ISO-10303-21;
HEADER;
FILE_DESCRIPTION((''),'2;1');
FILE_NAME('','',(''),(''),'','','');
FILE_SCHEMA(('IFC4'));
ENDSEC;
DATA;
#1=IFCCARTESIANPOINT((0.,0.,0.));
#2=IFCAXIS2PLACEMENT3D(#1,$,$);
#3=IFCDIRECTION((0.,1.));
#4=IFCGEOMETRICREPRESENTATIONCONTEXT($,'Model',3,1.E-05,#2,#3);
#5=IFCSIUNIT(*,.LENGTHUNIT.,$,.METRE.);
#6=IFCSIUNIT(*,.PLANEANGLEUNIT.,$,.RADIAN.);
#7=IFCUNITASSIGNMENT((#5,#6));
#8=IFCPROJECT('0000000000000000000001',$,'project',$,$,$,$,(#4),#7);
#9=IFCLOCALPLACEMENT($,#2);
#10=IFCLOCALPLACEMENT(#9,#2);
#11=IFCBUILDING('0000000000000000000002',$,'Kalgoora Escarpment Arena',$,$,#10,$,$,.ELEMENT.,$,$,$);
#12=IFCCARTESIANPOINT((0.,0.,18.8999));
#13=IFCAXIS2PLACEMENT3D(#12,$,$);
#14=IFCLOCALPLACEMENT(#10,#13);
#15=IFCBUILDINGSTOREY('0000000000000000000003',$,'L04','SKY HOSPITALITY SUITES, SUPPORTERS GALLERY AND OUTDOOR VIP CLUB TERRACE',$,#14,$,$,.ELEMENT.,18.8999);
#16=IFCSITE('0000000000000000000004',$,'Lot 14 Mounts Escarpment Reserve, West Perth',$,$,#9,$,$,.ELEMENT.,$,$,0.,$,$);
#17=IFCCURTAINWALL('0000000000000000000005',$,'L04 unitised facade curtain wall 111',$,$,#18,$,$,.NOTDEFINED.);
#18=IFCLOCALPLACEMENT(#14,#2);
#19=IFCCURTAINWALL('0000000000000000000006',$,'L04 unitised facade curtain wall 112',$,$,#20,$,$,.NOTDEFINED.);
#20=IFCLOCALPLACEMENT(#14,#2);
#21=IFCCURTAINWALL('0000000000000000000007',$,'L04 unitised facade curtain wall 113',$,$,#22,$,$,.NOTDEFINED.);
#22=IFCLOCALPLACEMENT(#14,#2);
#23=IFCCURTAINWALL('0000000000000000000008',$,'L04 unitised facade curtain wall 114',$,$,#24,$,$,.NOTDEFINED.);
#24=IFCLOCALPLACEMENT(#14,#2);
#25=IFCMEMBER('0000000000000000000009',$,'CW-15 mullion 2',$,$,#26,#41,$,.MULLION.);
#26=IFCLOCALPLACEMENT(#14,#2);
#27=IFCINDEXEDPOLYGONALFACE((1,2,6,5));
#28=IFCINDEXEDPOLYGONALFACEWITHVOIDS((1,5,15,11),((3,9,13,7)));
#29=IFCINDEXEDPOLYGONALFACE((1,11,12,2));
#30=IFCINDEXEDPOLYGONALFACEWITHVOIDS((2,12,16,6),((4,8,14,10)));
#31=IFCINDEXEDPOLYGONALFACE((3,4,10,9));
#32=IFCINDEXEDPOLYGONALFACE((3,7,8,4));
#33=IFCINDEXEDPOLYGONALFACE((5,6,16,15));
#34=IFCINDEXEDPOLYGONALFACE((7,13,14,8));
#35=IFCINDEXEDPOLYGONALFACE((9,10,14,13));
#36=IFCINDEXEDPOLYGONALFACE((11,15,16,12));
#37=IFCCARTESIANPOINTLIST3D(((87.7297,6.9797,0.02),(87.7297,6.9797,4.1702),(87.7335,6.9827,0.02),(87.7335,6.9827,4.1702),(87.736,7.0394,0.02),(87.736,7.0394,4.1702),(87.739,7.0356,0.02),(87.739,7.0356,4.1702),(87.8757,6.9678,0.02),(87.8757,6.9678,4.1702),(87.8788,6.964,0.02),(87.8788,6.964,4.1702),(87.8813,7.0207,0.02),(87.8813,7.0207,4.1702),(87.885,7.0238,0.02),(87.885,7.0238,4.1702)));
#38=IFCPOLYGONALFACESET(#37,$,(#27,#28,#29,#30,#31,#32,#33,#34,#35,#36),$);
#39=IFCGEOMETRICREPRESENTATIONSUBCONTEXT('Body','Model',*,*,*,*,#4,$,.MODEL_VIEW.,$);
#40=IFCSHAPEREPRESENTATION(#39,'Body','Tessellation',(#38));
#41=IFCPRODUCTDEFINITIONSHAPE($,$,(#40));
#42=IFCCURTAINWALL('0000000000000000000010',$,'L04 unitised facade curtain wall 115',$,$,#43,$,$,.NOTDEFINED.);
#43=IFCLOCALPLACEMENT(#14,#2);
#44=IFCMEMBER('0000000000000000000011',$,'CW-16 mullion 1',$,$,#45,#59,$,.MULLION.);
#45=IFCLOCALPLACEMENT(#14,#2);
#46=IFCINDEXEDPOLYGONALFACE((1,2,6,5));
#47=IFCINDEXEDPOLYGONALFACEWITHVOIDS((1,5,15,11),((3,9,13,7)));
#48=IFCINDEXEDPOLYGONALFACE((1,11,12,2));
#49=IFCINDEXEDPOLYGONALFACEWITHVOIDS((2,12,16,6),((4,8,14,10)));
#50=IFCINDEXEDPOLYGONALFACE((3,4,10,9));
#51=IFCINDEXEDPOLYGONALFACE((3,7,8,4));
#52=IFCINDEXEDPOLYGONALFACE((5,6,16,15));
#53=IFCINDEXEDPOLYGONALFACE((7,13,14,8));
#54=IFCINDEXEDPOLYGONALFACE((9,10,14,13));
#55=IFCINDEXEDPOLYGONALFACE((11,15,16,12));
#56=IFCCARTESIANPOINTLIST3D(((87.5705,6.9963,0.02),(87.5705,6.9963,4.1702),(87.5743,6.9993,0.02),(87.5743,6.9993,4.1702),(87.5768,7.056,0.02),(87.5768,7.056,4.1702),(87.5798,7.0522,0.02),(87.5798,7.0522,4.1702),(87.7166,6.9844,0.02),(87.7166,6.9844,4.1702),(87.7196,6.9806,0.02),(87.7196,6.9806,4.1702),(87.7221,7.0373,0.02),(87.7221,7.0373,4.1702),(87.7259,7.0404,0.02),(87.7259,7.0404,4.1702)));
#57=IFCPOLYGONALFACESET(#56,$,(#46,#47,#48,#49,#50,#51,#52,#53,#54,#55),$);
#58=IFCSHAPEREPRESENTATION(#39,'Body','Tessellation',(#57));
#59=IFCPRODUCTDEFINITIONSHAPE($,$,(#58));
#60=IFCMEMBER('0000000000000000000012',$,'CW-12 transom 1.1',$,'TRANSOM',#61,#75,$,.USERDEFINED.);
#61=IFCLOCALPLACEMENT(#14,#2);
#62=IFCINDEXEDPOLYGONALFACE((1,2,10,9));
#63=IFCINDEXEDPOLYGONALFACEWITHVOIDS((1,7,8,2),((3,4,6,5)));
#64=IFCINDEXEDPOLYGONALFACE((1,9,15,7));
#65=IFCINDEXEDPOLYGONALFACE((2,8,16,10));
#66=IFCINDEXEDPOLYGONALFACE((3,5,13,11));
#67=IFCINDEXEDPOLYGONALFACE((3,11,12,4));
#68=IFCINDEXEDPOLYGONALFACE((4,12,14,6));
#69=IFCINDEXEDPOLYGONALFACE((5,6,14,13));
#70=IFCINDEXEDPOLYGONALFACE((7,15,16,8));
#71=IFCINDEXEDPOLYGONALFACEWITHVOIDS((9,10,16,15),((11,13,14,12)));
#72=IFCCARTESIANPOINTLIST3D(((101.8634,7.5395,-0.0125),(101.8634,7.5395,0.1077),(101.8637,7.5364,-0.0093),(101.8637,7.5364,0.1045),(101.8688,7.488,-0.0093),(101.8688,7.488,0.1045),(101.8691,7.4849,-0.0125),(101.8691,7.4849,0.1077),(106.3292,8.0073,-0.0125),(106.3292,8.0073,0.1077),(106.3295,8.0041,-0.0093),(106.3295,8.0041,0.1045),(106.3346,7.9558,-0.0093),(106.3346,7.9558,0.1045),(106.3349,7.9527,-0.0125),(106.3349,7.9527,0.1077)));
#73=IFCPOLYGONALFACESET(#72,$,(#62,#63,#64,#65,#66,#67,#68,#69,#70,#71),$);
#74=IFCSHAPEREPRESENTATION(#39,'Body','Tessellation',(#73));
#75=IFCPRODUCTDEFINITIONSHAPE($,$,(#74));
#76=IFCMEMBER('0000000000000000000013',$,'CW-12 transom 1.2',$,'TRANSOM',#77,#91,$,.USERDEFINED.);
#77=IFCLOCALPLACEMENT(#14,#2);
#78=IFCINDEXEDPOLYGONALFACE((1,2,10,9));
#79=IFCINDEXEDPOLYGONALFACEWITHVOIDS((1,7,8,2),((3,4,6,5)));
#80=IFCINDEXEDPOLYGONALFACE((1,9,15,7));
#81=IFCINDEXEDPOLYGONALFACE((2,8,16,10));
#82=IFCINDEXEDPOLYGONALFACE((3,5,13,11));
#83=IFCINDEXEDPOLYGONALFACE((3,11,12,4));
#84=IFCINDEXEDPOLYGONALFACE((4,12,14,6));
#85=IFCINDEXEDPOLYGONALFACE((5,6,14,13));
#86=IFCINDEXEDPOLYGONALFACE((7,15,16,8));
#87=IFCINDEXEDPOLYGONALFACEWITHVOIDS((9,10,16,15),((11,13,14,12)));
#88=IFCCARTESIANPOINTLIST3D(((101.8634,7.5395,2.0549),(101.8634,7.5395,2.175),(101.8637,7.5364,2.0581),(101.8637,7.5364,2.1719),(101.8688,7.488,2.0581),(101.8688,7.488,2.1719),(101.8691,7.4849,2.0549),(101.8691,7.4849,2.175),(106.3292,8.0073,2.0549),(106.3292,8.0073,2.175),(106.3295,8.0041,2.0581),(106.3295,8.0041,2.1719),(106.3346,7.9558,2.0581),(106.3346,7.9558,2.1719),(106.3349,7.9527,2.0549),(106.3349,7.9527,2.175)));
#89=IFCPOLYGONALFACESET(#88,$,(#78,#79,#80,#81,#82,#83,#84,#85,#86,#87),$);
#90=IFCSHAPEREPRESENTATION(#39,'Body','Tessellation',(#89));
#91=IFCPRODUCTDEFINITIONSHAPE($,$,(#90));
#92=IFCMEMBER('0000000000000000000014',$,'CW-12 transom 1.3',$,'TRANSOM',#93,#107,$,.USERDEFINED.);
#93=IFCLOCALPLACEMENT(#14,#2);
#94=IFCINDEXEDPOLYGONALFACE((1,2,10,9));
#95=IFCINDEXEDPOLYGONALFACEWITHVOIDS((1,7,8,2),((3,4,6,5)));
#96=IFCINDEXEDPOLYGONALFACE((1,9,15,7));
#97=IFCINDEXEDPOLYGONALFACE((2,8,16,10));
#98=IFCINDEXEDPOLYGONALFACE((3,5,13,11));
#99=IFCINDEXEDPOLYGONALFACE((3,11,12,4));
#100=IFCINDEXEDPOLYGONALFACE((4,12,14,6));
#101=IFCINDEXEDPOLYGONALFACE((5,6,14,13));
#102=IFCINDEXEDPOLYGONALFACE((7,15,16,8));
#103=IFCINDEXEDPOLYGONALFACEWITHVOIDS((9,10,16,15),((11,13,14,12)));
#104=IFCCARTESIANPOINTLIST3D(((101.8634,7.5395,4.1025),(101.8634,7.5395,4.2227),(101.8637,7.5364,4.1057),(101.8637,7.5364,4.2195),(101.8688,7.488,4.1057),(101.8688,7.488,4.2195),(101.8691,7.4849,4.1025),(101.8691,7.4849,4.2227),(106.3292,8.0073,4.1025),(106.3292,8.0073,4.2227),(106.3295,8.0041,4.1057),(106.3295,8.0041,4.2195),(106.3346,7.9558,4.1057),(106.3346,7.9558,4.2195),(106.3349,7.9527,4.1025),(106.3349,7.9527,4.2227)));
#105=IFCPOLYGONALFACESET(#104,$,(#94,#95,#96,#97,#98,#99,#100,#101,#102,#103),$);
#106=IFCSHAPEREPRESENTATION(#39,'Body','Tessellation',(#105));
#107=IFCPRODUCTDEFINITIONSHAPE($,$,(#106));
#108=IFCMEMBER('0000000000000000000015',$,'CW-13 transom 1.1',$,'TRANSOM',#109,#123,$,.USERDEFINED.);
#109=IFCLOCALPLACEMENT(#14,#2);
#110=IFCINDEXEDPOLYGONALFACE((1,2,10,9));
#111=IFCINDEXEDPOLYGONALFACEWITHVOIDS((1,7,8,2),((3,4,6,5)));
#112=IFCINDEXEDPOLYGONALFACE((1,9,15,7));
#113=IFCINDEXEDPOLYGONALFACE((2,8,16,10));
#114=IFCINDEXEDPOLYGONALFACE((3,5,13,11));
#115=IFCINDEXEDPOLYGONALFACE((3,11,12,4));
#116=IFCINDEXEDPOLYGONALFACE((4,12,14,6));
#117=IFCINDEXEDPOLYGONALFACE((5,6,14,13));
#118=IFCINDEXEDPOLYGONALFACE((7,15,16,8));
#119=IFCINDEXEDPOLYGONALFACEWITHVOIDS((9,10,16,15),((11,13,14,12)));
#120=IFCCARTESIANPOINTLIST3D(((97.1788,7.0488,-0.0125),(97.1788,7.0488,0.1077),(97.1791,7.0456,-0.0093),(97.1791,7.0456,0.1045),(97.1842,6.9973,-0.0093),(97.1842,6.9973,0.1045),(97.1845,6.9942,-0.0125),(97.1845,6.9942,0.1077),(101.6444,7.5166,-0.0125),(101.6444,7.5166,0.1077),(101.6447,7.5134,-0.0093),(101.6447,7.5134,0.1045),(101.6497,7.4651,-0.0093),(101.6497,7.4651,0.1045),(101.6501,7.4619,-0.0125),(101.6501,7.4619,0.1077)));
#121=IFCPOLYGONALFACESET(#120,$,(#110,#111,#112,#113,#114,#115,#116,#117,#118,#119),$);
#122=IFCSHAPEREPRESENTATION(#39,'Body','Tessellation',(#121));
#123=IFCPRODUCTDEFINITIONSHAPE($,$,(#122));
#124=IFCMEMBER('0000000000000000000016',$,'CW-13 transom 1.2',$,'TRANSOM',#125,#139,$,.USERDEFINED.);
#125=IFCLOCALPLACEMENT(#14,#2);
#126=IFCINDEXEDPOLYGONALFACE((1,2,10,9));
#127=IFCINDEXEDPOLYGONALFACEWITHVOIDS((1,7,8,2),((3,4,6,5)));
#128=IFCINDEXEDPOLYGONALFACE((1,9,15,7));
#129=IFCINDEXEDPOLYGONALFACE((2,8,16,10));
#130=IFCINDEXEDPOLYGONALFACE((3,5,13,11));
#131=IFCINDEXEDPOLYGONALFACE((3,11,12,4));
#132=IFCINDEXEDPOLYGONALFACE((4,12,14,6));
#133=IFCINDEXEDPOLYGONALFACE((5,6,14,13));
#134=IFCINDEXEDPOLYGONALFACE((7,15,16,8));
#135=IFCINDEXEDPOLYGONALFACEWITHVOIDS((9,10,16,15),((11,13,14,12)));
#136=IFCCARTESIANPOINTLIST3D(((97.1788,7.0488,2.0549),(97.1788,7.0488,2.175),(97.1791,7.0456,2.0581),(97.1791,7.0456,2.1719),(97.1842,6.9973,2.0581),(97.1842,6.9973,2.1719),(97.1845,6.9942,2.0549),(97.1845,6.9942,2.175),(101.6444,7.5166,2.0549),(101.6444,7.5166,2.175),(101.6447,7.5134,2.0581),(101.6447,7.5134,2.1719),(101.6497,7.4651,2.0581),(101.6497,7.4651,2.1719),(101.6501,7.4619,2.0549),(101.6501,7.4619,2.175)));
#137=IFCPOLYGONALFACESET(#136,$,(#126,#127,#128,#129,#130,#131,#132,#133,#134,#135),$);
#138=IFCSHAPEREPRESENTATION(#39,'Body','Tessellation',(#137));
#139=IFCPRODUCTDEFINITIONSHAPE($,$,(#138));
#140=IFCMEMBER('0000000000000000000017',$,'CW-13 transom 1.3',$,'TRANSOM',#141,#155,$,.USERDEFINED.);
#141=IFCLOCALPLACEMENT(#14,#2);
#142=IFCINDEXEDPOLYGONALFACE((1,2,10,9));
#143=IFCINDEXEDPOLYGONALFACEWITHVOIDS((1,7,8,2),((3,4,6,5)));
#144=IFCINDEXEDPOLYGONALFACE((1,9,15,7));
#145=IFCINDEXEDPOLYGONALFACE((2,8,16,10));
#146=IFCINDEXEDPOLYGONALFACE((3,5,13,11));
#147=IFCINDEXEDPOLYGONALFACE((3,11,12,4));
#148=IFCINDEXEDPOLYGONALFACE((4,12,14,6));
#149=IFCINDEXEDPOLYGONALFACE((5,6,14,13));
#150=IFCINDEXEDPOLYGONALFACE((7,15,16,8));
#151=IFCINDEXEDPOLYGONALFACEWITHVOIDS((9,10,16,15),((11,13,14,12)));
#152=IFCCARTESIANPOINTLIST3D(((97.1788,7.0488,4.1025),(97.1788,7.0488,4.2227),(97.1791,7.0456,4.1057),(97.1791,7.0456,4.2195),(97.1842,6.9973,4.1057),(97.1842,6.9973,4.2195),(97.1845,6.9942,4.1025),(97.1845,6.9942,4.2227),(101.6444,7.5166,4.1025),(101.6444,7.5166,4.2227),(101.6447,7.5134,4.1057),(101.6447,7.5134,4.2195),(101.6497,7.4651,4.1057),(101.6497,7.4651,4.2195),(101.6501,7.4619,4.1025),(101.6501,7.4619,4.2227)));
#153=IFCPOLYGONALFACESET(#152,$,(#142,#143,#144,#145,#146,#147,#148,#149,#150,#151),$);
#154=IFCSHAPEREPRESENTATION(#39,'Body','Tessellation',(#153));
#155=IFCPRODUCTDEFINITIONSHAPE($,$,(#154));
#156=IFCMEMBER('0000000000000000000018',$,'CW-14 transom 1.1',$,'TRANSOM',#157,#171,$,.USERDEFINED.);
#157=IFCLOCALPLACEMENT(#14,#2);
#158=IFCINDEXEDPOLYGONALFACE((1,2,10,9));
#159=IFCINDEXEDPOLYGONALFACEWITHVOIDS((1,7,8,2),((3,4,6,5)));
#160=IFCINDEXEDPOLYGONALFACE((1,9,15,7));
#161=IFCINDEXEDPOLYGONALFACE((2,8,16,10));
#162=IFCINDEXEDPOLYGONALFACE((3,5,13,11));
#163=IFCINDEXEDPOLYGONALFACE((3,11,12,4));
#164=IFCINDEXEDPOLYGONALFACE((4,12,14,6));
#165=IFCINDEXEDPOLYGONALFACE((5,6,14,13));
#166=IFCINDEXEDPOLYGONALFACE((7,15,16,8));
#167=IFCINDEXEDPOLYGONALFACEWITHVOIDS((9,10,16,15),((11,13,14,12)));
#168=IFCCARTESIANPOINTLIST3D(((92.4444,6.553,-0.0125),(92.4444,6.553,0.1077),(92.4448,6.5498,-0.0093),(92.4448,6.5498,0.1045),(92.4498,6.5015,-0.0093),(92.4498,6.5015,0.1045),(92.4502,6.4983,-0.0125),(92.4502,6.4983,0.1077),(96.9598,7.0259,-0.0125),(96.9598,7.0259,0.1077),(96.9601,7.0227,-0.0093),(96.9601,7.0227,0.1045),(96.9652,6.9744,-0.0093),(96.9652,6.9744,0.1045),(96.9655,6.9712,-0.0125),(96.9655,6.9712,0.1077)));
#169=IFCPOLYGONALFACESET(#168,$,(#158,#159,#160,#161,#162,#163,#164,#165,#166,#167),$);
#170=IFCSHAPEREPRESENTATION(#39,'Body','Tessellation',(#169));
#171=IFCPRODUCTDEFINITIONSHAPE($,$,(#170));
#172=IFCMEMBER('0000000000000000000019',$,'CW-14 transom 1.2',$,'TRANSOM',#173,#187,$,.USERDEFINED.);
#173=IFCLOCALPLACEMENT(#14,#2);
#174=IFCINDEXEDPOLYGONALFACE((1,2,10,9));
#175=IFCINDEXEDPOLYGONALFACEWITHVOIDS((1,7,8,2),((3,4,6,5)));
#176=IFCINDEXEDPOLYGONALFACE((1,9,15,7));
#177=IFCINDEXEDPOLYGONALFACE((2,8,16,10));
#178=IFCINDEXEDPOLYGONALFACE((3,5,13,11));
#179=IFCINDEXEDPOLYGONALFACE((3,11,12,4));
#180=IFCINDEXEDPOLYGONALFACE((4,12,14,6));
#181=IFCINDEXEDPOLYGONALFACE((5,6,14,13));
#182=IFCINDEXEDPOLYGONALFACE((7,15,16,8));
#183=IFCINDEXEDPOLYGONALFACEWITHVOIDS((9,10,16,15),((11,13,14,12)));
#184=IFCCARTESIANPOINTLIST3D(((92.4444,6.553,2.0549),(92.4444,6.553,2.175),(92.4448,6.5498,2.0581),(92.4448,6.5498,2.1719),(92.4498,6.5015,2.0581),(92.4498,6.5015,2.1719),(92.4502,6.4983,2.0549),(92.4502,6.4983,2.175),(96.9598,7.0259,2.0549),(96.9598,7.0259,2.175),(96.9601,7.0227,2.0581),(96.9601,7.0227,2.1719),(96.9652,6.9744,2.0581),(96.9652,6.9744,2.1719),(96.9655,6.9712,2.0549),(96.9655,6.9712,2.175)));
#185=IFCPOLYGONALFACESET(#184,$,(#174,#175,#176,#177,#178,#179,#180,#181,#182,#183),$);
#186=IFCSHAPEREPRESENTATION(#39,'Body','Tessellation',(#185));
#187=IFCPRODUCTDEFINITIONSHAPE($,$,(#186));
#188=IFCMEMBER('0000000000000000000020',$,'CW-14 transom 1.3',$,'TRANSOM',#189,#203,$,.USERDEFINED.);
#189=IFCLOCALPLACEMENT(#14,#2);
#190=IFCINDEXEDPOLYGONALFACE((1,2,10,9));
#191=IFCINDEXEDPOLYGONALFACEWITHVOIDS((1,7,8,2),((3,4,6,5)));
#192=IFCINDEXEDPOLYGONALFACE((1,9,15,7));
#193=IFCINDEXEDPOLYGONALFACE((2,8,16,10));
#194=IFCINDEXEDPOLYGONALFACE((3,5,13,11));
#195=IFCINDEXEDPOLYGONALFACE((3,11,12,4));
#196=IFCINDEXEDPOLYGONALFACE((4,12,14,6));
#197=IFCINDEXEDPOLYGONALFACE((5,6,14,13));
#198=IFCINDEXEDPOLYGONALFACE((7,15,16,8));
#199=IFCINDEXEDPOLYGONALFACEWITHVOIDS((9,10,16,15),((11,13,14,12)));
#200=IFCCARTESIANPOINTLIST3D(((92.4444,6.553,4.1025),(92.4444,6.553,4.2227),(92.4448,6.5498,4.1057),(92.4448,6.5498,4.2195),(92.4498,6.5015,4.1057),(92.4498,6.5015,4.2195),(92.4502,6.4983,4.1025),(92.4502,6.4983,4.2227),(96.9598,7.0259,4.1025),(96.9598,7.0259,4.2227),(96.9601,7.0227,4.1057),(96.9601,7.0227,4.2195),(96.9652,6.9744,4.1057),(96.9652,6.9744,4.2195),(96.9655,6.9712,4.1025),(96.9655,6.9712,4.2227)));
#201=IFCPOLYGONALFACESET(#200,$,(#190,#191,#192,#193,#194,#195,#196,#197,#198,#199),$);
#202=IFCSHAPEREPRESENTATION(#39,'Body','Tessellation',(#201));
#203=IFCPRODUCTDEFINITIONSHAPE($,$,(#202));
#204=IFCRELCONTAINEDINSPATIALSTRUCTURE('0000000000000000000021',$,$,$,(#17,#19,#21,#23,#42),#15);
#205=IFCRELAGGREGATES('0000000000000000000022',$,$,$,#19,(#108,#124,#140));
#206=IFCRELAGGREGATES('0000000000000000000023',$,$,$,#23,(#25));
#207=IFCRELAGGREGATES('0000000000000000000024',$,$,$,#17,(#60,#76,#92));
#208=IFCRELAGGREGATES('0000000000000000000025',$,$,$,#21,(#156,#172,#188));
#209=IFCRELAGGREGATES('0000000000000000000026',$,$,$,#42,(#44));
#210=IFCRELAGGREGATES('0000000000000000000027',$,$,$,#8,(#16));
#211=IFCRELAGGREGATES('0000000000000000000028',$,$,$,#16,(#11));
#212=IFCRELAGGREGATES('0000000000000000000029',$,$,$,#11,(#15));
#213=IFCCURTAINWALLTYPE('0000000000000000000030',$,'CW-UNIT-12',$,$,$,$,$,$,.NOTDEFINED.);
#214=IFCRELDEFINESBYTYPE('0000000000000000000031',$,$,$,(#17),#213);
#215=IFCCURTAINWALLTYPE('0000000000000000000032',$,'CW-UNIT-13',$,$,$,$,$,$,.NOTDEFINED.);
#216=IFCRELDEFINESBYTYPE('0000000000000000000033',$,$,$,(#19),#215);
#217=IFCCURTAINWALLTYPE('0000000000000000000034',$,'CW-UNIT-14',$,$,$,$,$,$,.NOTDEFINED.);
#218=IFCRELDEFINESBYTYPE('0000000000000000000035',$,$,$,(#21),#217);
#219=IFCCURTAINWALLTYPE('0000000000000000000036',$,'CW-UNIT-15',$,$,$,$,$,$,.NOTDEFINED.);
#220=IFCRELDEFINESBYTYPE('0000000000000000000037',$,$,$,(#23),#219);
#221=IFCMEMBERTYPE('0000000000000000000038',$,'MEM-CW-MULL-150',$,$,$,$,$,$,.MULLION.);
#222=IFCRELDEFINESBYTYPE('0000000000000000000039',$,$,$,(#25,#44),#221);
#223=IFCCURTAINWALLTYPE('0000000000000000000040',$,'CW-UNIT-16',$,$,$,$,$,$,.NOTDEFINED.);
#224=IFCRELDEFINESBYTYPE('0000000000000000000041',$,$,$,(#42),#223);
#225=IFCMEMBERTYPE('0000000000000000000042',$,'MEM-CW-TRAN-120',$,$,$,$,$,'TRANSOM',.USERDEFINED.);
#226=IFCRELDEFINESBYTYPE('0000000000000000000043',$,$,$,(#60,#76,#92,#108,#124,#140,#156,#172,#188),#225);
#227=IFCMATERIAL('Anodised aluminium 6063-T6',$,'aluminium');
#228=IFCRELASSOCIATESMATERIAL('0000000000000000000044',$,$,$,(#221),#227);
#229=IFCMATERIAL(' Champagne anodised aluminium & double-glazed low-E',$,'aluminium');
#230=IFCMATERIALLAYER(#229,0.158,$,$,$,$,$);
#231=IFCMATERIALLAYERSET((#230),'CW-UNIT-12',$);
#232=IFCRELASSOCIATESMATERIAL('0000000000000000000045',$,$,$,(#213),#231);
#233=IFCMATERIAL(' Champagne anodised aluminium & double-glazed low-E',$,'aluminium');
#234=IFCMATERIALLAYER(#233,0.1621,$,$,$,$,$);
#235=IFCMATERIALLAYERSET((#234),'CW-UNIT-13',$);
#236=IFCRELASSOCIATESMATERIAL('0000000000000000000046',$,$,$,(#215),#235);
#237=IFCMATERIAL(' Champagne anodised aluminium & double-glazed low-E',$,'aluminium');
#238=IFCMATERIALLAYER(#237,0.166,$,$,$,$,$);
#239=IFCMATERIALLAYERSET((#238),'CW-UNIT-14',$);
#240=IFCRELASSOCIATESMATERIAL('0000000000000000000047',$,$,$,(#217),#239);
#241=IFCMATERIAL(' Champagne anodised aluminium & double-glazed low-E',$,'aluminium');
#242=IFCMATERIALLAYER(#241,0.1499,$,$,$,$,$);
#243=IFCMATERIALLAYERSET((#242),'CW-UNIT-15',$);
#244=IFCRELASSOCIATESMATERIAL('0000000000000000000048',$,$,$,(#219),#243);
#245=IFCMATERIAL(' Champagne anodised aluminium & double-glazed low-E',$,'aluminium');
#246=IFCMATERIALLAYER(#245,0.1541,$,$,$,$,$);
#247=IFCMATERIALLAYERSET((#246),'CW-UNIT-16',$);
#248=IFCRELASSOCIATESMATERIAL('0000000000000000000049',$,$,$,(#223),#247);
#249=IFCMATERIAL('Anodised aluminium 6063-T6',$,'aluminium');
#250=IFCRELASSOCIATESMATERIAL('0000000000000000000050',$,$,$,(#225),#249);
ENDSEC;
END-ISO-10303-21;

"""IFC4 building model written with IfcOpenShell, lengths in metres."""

from ifc_helpers import new_model, si_unit, direction, frame, origin, origin_2d, place, context, subcontext, project, spatial, hollow_rectangle, extrude, material, layer, layer_set, material_profile, profile_set, type_object, element, aggregate, save


model = new_model("IFC4")

# Units and contexts
model_context = context("Model", 3, precision=1e-05, world=origin(), true_north=direction((0.0, 1.0)))
body_context = subcontext(model_context, "Body", "Model", "MODEL_VIEW")
ifc_project = project(units=[si_unit("LENGTHUNIT", "METRE"), si_unit("PLANEANGLEUNIT", "RADIAN")], contexts=[model_context])

# Site, building, storey
site_placement = place(None, origin())
site = spatial("IfcSite", under=ifc_project, at=site_placement, Name="Lot 14 Mounts Escarpment Reserve, West Perth", CompositionType="ELEMENT", RefElevation=0.0)
building_placement = place(site_placement, origin())
building = spatial("IfcBuilding", under=site, at=building_placement, Name="Kalgoora Escarpment Arena", CompositionType="ELEMENT")
storey_placement = place(building_placement, frame((0.0, 0.0, 18.8999)))
storey = spatial("IfcBuildingStorey", under=building, at=storey_placement, Name="L04", Description="SKY HOSPITALITY SUITES, SUPPORTERS GALLERY AND OUTDOOR VIP CLUB TERRACE", CompositionType="ELEMENT", Elevation=18.8999)

# Shared definitions
ifc_material_1 = material(Name="Anodised aluminium 6063-T6", Category="aluminium")
ifc_material_profile_1 = material_profile(ifc_material_1, hollow_rectangle(XDim=0.0601, YDim=0.1499, WallThickness=0.0034, at=origin_2d()))
ifc_profile_set_1 = profile_set([ifc_material_profile_1], Name="Anodised aluminium 6063-T6")
member_type_1 = type_object("IfcMemberType", Name="MEM-CW-MULL-150", PredefinedType="MULLION", material=ifc_profile_set_1)

# Curtain walls, member
ifc_material_2 = material(Name=" Champagne anodised aluminium & double-glazed low-E", Category="aluminium")
ifc_layer_1 = layer(ifc_material_2, 0.158)
ifc_layer_set_1 = layer_set([ifc_layer_1], Name="CW-UNIT-12")
curtain_wall_type_1 = type_object("IfcCurtainWallType", Name="CW-UNIT-12", PredefinedType="NOTDEFINED", material=ifc_layer_set_1)
curtain_wall_1_placement = place(storey_placement, origin())
curtain_wall_1 = element("IfcCurtainWall", 1, at=curtain_wall_1_placement, inside=storey, type_object=curtain_wall_type_1, Name="L04 unitised facade curtain wall 111", PredefinedType="NOTDEFINED")
ifc_material_3 = material(Name=" Champagne anodised aluminium & double-glazed low-E", Category="aluminium")
ifc_layer_2 = layer(ifc_material_3, 0.1621)
ifc_layer_set_2 = layer_set([ifc_layer_2], Name="CW-UNIT-13")
curtain_wall_type_2 = type_object("IfcCurtainWallType", Name="CW-UNIT-13", PredefinedType="NOTDEFINED", material=ifc_layer_set_2)
curtain_wall_2_placement = place(storey_placement, origin())
curtain_wall_2 = element("IfcCurtainWall", 2, at=curtain_wall_2_placement, inside=storey, type_object=curtain_wall_type_2, Name="L04 unitised facade curtain wall 112", PredefinedType="NOTDEFINED")
ifc_material_4 = material(Name=" Champagne anodised aluminium & double-glazed low-E", Category="aluminium")
ifc_layer_3 = layer(ifc_material_4, 0.166)
ifc_layer_set_3 = layer_set([ifc_layer_3], Name="CW-UNIT-14")
curtain_wall_type_3 = type_object("IfcCurtainWallType", Name="CW-UNIT-14", PredefinedType="NOTDEFINED", material=ifc_layer_set_3)
curtain_wall_3_placement = place(storey_placement, origin())
curtain_wall_3 = element("IfcCurtainWall", 3, at=curtain_wall_3_placement, inside=storey, type_object=curtain_wall_type_3, Name="L04 unitised facade curtain wall 113", PredefinedType="NOTDEFINED")
ifc_material_5 = material(Name=" Champagne anodised aluminium & double-glazed low-E", Category="aluminium")
ifc_layer_4 = layer(ifc_material_5, 0.1499)
ifc_layer_set_4 = layer_set([ifc_layer_4], Name="CW-UNIT-15")
curtain_wall_type_4 = type_object("IfcCurtainWallType", Name="CW-UNIT-15", PredefinedType="NOTDEFINED", material=ifc_layer_set_4)
curtain_wall_4_placement = place(storey_placement, origin())
curtain_wall_4 = element("IfcCurtainWall", 4, at=curtain_wall_4_placement, inside=storey, type_object=curtain_wall_type_4, Name="L04 unitised facade curtain wall 114", PredefinedType="NOTDEFINED")
member_1_placement = place(storey_placement, frame((87.8074, 7.0017, 0.02), z_axis=(0.0, 0.0, 1.0), x_axis=(-0.104179, -0.994559, 0.0)))
member_1 = element("IfcMember", 5, at=member_1_placement, type_object=member_type_1, Name="CW-15 mullion 2", PredefinedType="MULLION", context=body_context, shape_type="SweptSolid", body=[
    extrude(hollow_rectangle(XDim=0.0601, YDim=0.1499, WallThickness=0.0034, at=origin_2d()), origin(), (0.0, 0.0, 1.0), 4.1501),
])

# Curtain wall, member
ifc_material_6 = material(Name=" Champagne anodised aluminium & double-glazed low-E", Category="aluminium")
ifc_layer_5 = layer(ifc_material_6, 0.1541)
ifc_layer_set_5 = layer_set([ifc_layer_5], Name="CW-UNIT-16")
curtain_wall_type_5 = type_object("IfcCurtainWallType", Name="CW-UNIT-16", PredefinedType="NOTDEFINED", material=ifc_layer_set_5)
curtain_wall_5_placement = place(storey_placement, origin())
curtain_wall_5 = element("IfcCurtainWall", 6, at=curtain_wall_5_placement, inside=storey, type_object=curtain_wall_type_5, Name="L04 unitised facade curtain wall 115", PredefinedType="NOTDEFINED")
member_2_placement = place(storey_placement, frame((87.6482, 7.0183, 0.02), z_axis=(0.0, 0.0, 1.0), x_axis=(-0.104182, -0.994558, 0.0)))
member_2 = element("IfcMember", 7, at=member_2_placement, type_object=member_type_1, Name="CW-16 mullion 1", PredefinedType="MULLION", context=body_context, shape_type="SweptSolid", body=[
    extrude(hollow_rectangle(XDim=0.0601, YDim=0.1499, WallThickness=0.0034, at=origin_2d()), origin(), (0.0, 0.0, 1.0), 4.1501),
])

# Members
ifc_material_7 = material(Name="Anodised aluminium 6063-T6", Category="aluminium")
ifc_material_profile_2 = material_profile(ifc_material_7, hollow_rectangle(XDim=0.0549, YDim=0.1201, WallThickness=0.0032, at=origin_2d()))
ifc_profile_set_2 = profile_set([ifc_material_profile_2], Name="Anodised aluminium 6063-T6")
member_type_2 = type_object("IfcMemberType", Name="MEM-CW-TRAN-120", ElementType="TRANSOM", PredefinedType="USERDEFINED", material=ifc_profile_set_2)
member_3_placement = place(storey_placement, frame((106.332, 7.98, 0.0476), z_axis=(-0.994559, -0.104175, 0.0), x_axis=(0.104175, -0.994559, 0.0)))
member_3 = element("IfcMember", 8, at=member_3_placement, type_object=member_type_2, Name="CW-12 transom 1.1", ObjectType="TRANSOM", PredefinedType="USERDEFINED", context=body_context, shape_type="SweptSolid", body=[
    extrude(hollow_rectangle(XDim=0.0549, YDim=0.1201, WallThickness=0.0032, at=origin_2d()), origin(), (0.0, 0.0, 1.0), 4.4902),
])
member_4_placement = place(storey_placement, frame((106.332, 7.98, 2.115), z_axis=(-0.994559, -0.104175, 0.0), x_axis=(0.104175, -0.994559, 0.0)))
member_4 = element("IfcMember", 9, at=member_4_placement, type_object=member_type_2, Name="CW-12 transom 1.2", ObjectType="TRANSOM", PredefinedType="USERDEFINED", context=body_context, shape_type="SweptSolid", body=[
    extrude(hollow_rectangle(XDim=0.0549, YDim=0.1201, WallThickness=0.0032, at=origin_2d()), origin(), (0.0, 0.0, 1.0), 4.4902),
])
member_5_placement = place(storey_placement, frame((106.332, 7.98, 4.1626), z_axis=(-0.994559, -0.104175, 0.0), x_axis=(0.104175, -0.994559, 0.0)))
member_5 = element("IfcMember", 10, at=member_5_placement, type_object=member_type_2, Name="CW-12 transom 1.3", ObjectType="TRANSOM", PredefinedType="USERDEFINED", context=body_context, shape_type="SweptSolid", body=[
    extrude(hollow_rectangle(XDim=0.0549, YDim=0.1201, WallThickness=0.0032, at=origin_2d()), origin(), (0.0, 0.0, 1.0), 4.4902),
])
member_6_placement = place(storey_placement, frame((101.6472, 7.4893, 0.0476), z_axis=(-0.994558, -0.104181, 0.0), x_axis=(0.104181, -0.994558, 0.0)))
member_6 = element("IfcMember", 11, at=member_6_placement, type_object=member_type_2, Name="CW-13 transom 1.1", ObjectType="TRANSOM", PredefinedType="USERDEFINED", context=body_context, shape_type="SweptSolid", body=[
    extrude(hollow_rectangle(XDim=0.0549, YDim=0.1201, WallThickness=0.0032, at=origin_2d()), origin(), (0.0, 0.0, 1.0), 4.49),
])
member_7_placement = place(storey_placement, frame((101.6472, 7.4893, 2.115), z_axis=(-0.994558, -0.104181, 0.0), x_axis=(0.104181, -0.994558, 0.0)))
member_7 = element("IfcMember", 12, at=member_7_placement, type_object=member_type_2, Name="CW-13 transom 1.2", ObjectType="TRANSOM", PredefinedType="USERDEFINED", context=body_context, shape_type="SweptSolid", body=[
    extrude(hollow_rectangle(XDim=0.0549, YDim=0.1201, WallThickness=0.0032, at=origin_2d()), origin(), (0.0, 0.0, 1.0), 4.49),
])
member_8_placement = place(storey_placement, frame((101.6472, 7.4893, 4.1626), z_axis=(-0.994558, -0.104181, 0.0), x_axis=(0.104181, -0.994558, 0.0)))
member_8 = element("IfcMember", 13, at=member_8_placement, type_object=member_type_2, Name="CW-13 transom 1.3", ObjectType="TRANSOM", PredefinedType="USERDEFINED", context=body_context, shape_type="SweptSolid", body=[
    extrude(hollow_rectangle(XDim=0.0549, YDim=0.1201, WallThickness=0.0032, at=origin_2d()), origin(), (0.0, 0.0, 1.0), 4.49),
])
member_9_placement = place(storey_placement, frame((96.9626, 6.9985, 0.0476), z_axis=(-0.99456, -0.104161, 0.0), x_axis=(0.104161, -0.99456, 0.0)))
member_9 = element("IfcMember", 14, at=member_9_placement, type_object=member_type_2, Name="CW-14 transom 1.1", ObjectType="TRANSOM", PredefinedType="USERDEFINED", context=body_context, shape_type="SweptSolid", body=[
    extrude(hollow_rectangle(XDim=0.0549, YDim=0.1201, WallThickness=0.0032, at=origin_2d()), origin(), (0.0, 0.0, 1.0), 4.54),
])
member_10_placement = place(storey_placement, frame((96.9626, 6.9985, 2.115), z_axis=(-0.99456, -0.104161, 0.0), x_axis=(0.104161, -0.99456, 0.0)))
member_10 = element("IfcMember", 15, at=member_10_placement, type_object=member_type_2, Name="CW-14 transom 1.2", ObjectType="TRANSOM", PredefinedType="USERDEFINED", context=body_context, shape_type="SweptSolid", body=[
    extrude(hollow_rectangle(XDim=0.0549, YDim=0.1201, WallThickness=0.0032, at=origin_2d()), origin(), (0.0, 0.0, 1.0), 4.54),
])
member_11_placement = place(storey_placement, frame((96.9626, 6.9985, 4.1626), z_axis=(-0.99456, -0.104161, 0.0), x_axis=(0.104161, -0.99456, 0.0)))
member_11 = element("IfcMember", 16, at=member_11_placement, type_object=member_type_2, Name="CW-14 transom 1.3", ObjectType="TRANSOM", PredefinedType="USERDEFINED", context=body_context, shape_type="SweptSolid", body=[
    extrude(hollow_rectangle(XDim=0.0549, YDim=0.1201, WallThickness=0.0032, at=origin_2d()), origin(), (0.0, 0.0, 1.0), 4.54),
])

aggregate(curtain_wall_2, [member_6, member_7, member_8])
aggregate(curtain_wall_4, [member_1])
aggregate(curtain_wall_1, [member_3, member_4, member_5])
aggregate(curtain_wall_3, [member_9, member_10, member_11])
aggregate(curtain_wall_5, [member_2])

save(model, "model.ifc")
